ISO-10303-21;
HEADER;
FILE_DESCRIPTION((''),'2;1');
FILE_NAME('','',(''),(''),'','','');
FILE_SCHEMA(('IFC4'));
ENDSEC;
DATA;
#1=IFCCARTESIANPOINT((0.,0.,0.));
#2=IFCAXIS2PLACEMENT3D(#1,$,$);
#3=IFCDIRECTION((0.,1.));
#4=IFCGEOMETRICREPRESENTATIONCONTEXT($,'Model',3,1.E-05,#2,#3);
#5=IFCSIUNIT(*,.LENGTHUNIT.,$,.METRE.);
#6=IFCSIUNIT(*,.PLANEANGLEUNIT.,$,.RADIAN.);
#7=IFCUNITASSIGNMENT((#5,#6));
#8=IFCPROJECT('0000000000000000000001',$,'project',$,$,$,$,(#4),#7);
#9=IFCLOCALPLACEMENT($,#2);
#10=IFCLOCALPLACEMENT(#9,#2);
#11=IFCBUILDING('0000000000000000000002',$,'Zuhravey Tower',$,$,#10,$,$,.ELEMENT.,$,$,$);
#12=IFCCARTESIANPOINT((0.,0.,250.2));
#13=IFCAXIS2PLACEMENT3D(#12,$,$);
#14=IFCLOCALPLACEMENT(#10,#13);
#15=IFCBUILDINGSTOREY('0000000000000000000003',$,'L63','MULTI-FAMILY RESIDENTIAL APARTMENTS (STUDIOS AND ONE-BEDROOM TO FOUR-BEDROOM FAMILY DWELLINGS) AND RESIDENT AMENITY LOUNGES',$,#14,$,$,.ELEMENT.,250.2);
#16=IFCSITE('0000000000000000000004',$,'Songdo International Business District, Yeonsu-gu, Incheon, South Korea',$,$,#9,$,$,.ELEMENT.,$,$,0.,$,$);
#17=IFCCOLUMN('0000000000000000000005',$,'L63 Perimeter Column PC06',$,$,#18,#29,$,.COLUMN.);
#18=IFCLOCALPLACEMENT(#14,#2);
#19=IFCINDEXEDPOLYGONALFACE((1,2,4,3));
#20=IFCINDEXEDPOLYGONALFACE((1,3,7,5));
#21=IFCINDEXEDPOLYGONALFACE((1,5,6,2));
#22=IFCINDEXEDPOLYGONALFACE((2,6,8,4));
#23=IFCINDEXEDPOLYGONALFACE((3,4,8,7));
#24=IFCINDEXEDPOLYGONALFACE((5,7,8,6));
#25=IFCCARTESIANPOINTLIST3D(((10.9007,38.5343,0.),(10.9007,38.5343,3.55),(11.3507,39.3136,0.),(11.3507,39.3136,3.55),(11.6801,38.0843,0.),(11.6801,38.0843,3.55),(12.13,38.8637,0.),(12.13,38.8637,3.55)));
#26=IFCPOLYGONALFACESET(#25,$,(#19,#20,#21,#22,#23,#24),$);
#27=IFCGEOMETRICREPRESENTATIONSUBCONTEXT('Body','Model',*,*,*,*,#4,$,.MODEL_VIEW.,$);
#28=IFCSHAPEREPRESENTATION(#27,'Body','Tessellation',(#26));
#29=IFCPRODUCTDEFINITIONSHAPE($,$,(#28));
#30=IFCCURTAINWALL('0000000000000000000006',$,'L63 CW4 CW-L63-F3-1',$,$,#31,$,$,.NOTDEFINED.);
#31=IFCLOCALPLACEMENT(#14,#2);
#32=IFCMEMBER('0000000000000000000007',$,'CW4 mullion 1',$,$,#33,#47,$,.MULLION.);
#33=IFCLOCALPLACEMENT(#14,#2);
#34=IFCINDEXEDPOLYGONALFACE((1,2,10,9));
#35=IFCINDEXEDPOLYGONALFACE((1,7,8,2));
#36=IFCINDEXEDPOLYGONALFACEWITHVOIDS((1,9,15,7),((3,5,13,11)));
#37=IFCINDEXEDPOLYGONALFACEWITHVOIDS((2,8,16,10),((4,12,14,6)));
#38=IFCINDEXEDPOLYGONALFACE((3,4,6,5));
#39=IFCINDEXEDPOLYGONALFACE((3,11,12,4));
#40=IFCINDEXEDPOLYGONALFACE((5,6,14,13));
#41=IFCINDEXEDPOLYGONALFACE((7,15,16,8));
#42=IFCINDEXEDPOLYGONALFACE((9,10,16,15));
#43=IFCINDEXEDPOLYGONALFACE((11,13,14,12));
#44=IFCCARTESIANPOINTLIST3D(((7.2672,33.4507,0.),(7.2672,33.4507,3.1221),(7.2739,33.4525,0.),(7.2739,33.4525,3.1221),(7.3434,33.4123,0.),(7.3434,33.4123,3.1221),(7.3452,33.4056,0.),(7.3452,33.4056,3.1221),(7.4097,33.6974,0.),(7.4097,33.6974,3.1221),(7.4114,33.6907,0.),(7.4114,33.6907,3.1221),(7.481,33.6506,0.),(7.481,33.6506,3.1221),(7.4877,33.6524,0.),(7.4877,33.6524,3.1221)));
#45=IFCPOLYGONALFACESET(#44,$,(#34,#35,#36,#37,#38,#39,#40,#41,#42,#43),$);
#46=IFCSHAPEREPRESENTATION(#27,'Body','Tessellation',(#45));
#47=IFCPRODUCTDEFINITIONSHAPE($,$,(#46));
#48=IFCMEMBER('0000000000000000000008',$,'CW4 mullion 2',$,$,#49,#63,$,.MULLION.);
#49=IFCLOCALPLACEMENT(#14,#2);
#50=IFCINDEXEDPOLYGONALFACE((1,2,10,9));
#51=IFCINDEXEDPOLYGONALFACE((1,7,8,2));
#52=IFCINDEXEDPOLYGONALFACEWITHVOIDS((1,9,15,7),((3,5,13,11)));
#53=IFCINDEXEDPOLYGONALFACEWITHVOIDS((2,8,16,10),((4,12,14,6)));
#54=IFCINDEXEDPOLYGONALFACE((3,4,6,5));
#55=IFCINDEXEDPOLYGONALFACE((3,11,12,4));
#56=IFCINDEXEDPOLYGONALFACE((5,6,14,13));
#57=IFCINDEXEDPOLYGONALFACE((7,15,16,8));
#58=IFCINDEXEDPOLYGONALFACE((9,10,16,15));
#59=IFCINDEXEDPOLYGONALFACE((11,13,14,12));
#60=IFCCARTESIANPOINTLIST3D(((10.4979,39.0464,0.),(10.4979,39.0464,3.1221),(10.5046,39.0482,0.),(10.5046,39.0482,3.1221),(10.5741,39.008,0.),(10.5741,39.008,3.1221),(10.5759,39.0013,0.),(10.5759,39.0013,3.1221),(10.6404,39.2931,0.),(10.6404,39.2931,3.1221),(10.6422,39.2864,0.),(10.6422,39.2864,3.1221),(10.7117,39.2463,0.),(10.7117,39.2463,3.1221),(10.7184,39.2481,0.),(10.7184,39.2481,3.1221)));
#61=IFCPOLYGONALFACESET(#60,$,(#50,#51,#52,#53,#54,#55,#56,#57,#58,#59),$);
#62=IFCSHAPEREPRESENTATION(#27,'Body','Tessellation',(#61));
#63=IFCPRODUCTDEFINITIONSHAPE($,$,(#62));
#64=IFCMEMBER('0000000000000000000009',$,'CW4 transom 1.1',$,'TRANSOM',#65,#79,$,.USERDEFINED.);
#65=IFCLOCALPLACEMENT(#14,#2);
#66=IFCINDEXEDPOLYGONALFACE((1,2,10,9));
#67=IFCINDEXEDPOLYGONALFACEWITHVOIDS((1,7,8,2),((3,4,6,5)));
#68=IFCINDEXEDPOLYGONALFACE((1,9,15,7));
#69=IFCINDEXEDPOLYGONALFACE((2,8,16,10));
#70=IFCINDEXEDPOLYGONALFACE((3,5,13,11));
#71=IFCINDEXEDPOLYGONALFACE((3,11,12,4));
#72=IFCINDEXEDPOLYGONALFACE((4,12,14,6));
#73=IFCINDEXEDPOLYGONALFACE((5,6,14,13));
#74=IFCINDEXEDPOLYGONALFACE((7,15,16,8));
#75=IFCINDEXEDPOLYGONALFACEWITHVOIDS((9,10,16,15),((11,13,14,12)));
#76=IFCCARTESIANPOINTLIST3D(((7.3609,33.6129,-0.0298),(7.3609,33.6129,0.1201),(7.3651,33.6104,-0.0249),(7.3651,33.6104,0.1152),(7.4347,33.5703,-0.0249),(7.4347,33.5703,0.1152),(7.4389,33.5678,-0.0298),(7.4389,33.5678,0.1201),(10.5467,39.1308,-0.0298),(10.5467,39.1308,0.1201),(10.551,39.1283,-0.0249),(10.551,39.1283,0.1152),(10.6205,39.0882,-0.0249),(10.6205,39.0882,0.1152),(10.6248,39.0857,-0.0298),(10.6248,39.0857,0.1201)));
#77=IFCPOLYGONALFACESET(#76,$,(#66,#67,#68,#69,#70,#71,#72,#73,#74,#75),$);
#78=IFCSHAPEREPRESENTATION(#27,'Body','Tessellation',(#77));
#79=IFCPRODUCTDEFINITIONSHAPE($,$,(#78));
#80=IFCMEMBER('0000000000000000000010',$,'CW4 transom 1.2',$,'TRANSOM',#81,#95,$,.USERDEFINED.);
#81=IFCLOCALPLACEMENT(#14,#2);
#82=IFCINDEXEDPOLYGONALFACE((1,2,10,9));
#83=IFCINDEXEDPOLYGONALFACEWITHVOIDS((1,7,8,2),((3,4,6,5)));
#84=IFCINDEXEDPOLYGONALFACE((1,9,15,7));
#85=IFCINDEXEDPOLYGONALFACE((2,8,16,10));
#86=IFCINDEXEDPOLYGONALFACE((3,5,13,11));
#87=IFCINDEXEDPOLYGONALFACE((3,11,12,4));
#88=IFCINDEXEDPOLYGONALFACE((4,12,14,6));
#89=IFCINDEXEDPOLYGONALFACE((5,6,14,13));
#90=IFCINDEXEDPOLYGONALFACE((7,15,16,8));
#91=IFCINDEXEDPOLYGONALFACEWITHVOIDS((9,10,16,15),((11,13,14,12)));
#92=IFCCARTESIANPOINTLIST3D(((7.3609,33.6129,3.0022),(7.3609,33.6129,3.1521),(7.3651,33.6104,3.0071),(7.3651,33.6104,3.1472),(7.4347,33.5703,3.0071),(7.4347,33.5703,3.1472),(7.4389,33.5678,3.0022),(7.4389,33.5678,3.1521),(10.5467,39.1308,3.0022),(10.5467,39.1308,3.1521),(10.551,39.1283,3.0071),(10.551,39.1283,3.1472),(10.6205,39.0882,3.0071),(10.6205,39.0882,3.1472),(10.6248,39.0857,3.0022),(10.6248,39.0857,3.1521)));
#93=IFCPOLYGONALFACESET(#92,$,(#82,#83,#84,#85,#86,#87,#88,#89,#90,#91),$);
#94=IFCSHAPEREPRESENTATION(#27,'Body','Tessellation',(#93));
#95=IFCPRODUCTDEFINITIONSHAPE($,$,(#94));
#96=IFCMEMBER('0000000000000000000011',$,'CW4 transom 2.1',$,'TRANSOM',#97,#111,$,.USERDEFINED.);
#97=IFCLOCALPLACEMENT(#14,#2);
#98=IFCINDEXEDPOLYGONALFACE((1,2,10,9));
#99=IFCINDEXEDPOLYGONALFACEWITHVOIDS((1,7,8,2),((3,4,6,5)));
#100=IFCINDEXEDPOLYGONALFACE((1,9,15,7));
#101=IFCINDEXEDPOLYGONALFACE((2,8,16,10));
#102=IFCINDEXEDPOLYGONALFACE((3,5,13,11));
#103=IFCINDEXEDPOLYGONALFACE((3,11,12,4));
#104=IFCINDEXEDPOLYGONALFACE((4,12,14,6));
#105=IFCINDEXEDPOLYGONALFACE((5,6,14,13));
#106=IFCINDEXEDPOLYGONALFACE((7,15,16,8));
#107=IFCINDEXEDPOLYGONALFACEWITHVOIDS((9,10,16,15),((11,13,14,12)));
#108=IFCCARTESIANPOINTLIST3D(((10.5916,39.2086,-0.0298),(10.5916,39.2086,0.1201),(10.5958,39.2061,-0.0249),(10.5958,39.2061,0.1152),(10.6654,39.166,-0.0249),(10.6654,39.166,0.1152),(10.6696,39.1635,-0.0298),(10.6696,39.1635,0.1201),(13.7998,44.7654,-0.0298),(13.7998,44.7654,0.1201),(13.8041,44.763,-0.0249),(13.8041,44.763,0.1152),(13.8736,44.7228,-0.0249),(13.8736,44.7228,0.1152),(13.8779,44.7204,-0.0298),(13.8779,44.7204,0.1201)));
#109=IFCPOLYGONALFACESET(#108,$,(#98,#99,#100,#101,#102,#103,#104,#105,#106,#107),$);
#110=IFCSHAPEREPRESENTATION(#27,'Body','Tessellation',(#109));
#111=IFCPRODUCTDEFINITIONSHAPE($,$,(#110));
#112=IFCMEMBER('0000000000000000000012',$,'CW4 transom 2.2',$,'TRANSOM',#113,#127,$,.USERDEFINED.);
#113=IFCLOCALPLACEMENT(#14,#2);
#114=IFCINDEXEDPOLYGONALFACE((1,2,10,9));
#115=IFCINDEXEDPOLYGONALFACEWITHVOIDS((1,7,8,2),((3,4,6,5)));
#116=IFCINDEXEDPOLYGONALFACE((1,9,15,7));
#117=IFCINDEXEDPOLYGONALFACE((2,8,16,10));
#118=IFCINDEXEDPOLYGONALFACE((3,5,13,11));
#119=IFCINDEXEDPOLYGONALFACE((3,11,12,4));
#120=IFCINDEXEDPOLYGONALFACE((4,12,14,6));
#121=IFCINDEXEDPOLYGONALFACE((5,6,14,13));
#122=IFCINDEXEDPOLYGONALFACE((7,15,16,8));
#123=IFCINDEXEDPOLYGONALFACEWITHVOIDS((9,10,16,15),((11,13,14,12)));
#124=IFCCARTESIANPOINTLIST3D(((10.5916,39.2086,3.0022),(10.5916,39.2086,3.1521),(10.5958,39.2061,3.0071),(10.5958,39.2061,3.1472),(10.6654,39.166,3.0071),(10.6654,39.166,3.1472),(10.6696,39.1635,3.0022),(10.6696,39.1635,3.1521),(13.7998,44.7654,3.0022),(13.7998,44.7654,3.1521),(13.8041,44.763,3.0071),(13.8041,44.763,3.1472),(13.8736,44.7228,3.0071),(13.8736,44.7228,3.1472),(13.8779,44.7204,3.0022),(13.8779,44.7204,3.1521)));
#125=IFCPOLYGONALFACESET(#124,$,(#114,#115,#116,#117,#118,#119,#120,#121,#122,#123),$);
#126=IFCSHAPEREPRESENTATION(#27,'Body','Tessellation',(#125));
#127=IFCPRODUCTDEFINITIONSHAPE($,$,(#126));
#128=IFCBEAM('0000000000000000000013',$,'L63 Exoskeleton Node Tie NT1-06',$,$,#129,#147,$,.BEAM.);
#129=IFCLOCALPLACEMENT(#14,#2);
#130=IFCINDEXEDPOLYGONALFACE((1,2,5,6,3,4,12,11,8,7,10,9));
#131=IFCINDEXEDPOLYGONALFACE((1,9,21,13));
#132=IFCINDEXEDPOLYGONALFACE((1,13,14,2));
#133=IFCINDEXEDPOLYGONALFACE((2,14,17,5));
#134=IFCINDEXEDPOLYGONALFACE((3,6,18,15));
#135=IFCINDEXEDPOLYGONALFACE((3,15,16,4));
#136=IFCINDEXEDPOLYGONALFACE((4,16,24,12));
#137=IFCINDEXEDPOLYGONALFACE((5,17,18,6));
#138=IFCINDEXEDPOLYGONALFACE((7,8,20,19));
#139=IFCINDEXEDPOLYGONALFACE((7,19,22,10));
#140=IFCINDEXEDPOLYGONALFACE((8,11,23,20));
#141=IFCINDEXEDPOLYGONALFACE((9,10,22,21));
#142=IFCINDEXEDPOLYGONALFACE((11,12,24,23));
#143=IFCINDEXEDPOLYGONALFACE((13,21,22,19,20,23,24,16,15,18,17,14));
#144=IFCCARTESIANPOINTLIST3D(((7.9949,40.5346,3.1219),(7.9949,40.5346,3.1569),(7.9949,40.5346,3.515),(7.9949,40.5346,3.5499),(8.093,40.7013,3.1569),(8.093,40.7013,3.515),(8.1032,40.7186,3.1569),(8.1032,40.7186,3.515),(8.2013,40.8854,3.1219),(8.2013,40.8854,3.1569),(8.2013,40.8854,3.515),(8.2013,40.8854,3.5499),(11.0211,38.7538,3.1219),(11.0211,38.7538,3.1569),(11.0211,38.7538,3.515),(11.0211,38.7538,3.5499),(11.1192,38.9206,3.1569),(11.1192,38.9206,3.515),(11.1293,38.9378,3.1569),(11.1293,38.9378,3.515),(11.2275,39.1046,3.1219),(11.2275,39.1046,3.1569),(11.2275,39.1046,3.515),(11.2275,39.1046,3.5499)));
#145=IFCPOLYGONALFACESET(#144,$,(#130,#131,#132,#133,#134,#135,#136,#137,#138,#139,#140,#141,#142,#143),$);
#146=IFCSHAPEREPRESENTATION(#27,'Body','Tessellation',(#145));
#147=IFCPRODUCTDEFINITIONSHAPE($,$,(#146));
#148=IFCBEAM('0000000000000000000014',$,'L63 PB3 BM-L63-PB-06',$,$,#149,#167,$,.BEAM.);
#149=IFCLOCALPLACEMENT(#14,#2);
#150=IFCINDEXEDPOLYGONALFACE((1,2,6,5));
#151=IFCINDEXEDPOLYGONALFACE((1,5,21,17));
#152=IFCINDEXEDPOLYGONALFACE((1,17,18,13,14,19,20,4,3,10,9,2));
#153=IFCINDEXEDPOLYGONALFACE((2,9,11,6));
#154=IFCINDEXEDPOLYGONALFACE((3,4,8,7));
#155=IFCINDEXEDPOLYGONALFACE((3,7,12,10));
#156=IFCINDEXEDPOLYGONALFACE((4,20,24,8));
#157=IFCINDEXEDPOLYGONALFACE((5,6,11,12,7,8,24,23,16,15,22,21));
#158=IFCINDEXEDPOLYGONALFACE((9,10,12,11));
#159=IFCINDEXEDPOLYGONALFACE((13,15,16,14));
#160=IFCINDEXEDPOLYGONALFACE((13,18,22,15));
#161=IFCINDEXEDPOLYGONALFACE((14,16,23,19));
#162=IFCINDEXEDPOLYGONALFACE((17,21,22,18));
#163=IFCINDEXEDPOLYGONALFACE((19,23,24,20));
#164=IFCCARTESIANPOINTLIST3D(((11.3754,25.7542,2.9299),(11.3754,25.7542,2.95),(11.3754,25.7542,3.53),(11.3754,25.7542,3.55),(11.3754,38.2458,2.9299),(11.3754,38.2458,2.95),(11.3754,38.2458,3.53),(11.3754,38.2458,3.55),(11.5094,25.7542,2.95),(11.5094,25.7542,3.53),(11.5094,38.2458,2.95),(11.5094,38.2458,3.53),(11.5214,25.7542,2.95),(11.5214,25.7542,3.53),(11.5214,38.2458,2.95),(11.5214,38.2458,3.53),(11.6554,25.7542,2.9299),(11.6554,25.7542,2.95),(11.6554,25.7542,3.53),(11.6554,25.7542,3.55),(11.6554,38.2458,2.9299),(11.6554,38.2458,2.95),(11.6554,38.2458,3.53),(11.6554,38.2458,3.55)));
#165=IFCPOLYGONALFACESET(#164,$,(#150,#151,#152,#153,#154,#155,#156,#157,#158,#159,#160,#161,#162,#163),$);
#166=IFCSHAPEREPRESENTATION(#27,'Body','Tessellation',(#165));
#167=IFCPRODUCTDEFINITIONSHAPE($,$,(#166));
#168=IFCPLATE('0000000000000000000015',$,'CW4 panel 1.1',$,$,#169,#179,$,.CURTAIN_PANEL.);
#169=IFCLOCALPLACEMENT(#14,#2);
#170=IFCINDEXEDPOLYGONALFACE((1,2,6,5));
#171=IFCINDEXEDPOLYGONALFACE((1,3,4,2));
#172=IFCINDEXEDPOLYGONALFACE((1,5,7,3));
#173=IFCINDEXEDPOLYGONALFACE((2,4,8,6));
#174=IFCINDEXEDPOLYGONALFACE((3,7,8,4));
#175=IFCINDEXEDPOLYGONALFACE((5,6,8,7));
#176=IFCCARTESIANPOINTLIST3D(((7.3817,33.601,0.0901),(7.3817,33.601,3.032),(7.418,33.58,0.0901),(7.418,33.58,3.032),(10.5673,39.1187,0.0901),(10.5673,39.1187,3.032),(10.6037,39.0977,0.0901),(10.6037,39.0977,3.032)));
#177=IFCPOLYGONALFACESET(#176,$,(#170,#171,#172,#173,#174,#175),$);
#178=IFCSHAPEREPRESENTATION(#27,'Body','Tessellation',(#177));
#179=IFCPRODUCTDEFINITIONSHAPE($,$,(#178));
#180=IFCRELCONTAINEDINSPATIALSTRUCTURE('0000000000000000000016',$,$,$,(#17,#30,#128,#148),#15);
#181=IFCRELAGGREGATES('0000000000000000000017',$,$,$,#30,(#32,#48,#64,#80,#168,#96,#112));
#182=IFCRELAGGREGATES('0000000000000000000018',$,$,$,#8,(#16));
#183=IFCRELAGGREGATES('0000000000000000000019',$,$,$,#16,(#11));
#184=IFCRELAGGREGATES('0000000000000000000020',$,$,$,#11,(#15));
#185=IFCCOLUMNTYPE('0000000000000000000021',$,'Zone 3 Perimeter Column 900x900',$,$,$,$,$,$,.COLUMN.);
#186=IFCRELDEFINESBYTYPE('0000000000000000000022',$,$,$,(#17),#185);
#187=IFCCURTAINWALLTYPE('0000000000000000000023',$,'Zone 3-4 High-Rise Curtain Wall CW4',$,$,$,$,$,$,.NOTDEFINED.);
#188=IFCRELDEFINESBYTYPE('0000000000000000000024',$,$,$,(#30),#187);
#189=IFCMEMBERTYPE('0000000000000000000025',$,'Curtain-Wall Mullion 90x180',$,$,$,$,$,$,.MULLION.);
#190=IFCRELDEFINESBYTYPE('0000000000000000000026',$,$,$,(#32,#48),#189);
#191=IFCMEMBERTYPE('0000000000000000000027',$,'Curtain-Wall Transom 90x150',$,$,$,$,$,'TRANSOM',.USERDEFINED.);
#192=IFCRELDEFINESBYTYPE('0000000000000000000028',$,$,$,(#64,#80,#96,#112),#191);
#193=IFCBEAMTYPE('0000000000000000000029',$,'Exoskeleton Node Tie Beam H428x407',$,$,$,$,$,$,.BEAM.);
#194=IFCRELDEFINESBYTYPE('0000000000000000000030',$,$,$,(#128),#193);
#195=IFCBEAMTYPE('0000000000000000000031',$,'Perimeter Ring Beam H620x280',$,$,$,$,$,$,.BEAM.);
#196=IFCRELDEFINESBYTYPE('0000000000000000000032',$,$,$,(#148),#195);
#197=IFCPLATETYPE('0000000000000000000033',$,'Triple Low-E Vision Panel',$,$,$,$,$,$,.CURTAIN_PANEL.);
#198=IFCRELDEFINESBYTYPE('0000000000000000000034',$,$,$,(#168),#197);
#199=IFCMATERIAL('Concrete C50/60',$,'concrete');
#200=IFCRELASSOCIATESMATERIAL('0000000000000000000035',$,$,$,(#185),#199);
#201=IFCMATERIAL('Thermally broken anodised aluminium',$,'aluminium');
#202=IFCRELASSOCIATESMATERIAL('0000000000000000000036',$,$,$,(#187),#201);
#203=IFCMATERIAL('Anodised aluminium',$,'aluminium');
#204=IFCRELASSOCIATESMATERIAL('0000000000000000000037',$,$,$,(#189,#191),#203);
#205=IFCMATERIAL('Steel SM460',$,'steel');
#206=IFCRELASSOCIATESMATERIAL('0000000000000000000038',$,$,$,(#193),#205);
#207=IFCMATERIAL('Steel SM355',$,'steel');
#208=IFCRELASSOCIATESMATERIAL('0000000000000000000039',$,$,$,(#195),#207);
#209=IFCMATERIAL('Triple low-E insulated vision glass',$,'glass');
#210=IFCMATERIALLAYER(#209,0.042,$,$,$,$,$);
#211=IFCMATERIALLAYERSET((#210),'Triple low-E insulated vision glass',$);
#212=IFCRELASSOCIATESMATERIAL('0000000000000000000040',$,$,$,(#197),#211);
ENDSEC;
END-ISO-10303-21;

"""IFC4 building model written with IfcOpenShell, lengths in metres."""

from ifc_helpers import new_model, si_unit, direction, frame, origin, origin_2d, place, context, subcontext, project, spatial, rectangle, hollow_rectangle, i_section, extrude, material, layer, layer_set, material_profile, profile_set, type_object, element, aggregate, save


model = new_model("IFC4")

# Units and contexts
model_context = context("Model", 3, precision=1e-05, world=origin(), true_north=direction((0.0, 1.0)))
body_context = subcontext(model_context, "Body", "Model", "MODEL_VIEW")
ifc_project = project(units=[si_unit("LENGTHUNIT", "METRE"), si_unit("PLANEANGLEUNIT", "RADIAN")], contexts=[model_context])

# Site, building, storey
site_placement = place(None, origin())
site = spatial("IfcSite", under=ifc_project, at=site_placement, Name="Songdo International Business District, Yeonsu-gu, Incheon, South Korea", CompositionType="ELEMENT", RefElevation=0.0)
building_placement = place(site_placement, origin())
building = spatial("IfcBuilding", under=site, at=building_placement, Name="Zuhravey Tower", CompositionType="ELEMENT")
storey_placement = place(building_placement, frame((0.0, 0.0, 250.2)))
storey = spatial("IfcBuildingStorey", under=building, at=storey_placement, Name="L63", Description="MULTI-FAMILY RESIDENTIAL APARTMENTS (STUDIOS AND ONE-BEDROOM TO FOUR-BEDROOM FAMILY DWELLINGS) AND RESIDENT AMENITY LOUNGES", CompositionType="ELEMENT", Elevation=250.2)

# Column
ifc_material_1 = material(Name="Concrete C50/60", Category="concrete")
ifc_material_profile_1 = material_profile(ifc_material_1, rectangle(XDim=0.8999, YDim=0.8999, at=origin_2d()), Name="RC-900x900")
ifc_profile_set_1 = profile_set([ifc_material_profile_1], Name="Concrete C50/60")
column_type = type_object("IfcColumnType", Name="Zone 3 Perimeter Column 900x900", PredefinedType="COLUMN", material=ifc_profile_set_1)
column_placement = place(storey_placement, frame((11.5154, 38.699, 0.0), z_axis=(0.0, 0.0, 1.0), x_axis=(-0.5, -0.866025, 0.0)))
element("IfcColumn", 1, at=column_placement, inside=storey, type_object=column_type, Name="L63 Perimeter Column PC06", PredefinedType="COLUMN", context=body_context, shape_type="SweptSolid", body=[
    extrude(rectangle(XDim=0.8999, YDim=0.8999, at=origin_2d()), origin(), (0.0, 0.0, 1.0), 3.55),
])

# Curtain wall, members
ifc_material_2 = material(Name="Thermally broken anodised aluminium", Category="aluminium")
curtain_wall_type = type_object("IfcCurtainWallType", Name="Zone 3-4 High-Rise Curtain Wall CW4", PredefinedType="NOTDEFINED", material=ifc_material_2)
curtain_wall_placement = place(storey_placement, origin())
curtain_wall = element("IfcCurtainWall", 2, at=curtain_wall_placement, inside=storey, type_object=curtain_wall_type, Name="L63 CW4 CW-L63-F3-1", PredefinedType="NOTDEFINED")
ifc_material_3 = material(Name="Anodised aluminium", Category="aluminium")
ifc_material_profile_2 = material_profile(ifc_material_3, hollow_rectangle(XDim=0.0901, YDim=0.2849, WallThickness=0.0049, at=origin_2d()), Name="ALU-RHS-90x285x5")
ifc_profile_set_2 = profile_set([ifc_material_profile_2], Name="Anodised aluminium")
member_type_1 = type_object("IfcMemberType", Name="Curtain-Wall Mullion 90x180", PredefinedType="MULLION", material=ifc_profile_set_2)
member_1_placement = place(storey_placement, frame((7.3774, 33.5515, 0.0), z_axis=(0.0, 0.0, 1.0), x_axis=(-0.866025, 0.500001, 0.0)))
member_1 = element("IfcMember", 3, at=member_1_placement, type_object=member_type_1, Name="CW4 mullion 1", PredefinedType="MULLION", context=body_context, shape_type="SweptSolid", body=[
    extrude(hollow_rectangle(XDim=0.0901, YDim=0.2849, WallThickness=0.0049, at=origin_2d()), origin(), (0.0, 0.0, 1.0), 3.1221),
])
member_2_placement = place(storey_placement, frame((10.6082, 39.1472, 0.0), z_axis=(0.0, 0.0, 1.0), x_axis=(-0.866025, 0.500001, 0.0)))
member_2 = element("IfcMember", 4, at=member_2_placement, type_object=member_type_1, Name="CW4 mullion 2", PredefinedType="MULLION", context=body_context, shape_type="SweptSolid", body=[
    extrude(hollow_rectangle(XDim=0.0901, YDim=0.2849, WallThickness=0.0049, at=origin_2d()), origin(), (0.0, 0.0, 1.0), 3.1221),
])
ifc_material_profile_3 = material_profile(ifc_material_3, hollow_rectangle(XDim=0.0901, YDim=0.1499, WallThickness=0.0049, at=origin_2d()), Name="ALU-RHS-90x150x5")
ifc_profile_set_3 = profile_set([ifc_material_profile_3], Name="Anodised aluminium")
member_type_2 = type_object("IfcMemberType", Name="Curtain-Wall Transom 90x150", ElementType="TRANSOM", PredefinedType="USERDEFINED", material=ifc_profile_set_3)
member_3_placement = place(storey_placement, frame((7.3999, 33.5903, 0.0452), z_axis=(0.500009, 0.86602, 0.0), x_axis=(-0.86602, 0.500009, 0.0)))
member_3 = element("IfcMember", 5, at=member_3_placement, type_object=member_type_2, Name="CW4 transom 1.1", ObjectType="TRANSOM", PredefinedType="USERDEFINED", context=body_context, shape_type="SweptSolid", body=[
    extrude(hollow_rectangle(XDim=0.0901, YDim=0.1499, WallThickness=0.0049, at=origin_2d()), origin(), (0.0, 0.0, 1.0), 6.3716),
])
member_4_placement = place(storey_placement, frame((7.3999, 33.5903, 3.0771), z_axis=(0.500009, 0.86602, 0.0), x_axis=(-0.86602, 0.500009, 0.0)))
member_4 = element("IfcMember", 6, at=member_4_placement, type_object=member_type_2, Name="CW4 transom 1.2", ObjectType="TRANSOM", PredefinedType="USERDEFINED", context=body_context, shape_type="SweptSolid", body=[
    extrude(hollow_rectangle(XDim=0.0901, YDim=0.1499, WallThickness=0.0049, at=origin_2d()), origin(), (0.0, 0.0, 1.0), 6.3716),
])
member_5_placement = place(storey_placement, frame((10.6306, 39.186, 0.0452), z_axis=(0.499998, 0.866027, 0.0), x_axis=(-0.866027, 0.499998, 0.0)))
member_5 = element("IfcMember", 7, at=member_5_placement, type_object=member_type_2, Name="CW4 transom 2.1", ObjectType="TRANSOM", PredefinedType="USERDEFINED", context=body_context, shape_type="SweptSolid", body=[
    extrude(hollow_rectangle(XDim=0.0901, YDim=0.1499, WallThickness=0.0049, at=origin_2d()), origin(), (0.0, 0.0, 1.0), 6.4165),
])
member_6_placement = place(storey_placement, frame((10.6306, 39.186, 3.0771), z_axis=(0.499998, 0.866027, 0.0), x_axis=(-0.866027, 0.499998, 0.0)))
member_6 = element("IfcMember", 8, at=member_6_placement, type_object=member_type_2, Name="CW4 transom 2.2", ObjectType="TRANSOM", PredefinedType="USERDEFINED", context=body_context, shape_type="SweptSolid", body=[
    extrude(hollow_rectangle(XDim=0.0901, YDim=0.1499, WallThickness=0.0049, at=origin_2d()), origin(), (0.0, 0.0, 1.0), 6.4165),
])

# Beams
ifc_material_4 = material(Name="Steel SM460", Category="steel")
ifc_material_profile_4 = material_profile(ifc_material_4, i_section(OverallWidth=0.407, OverallDepth=0.428, WebThickness=0.02, FlangeThickness=0.0349, at=origin_2d()), Name="H-428x407x20x35")
ifc_profile_set_4 = profile_set([ifc_material_profile_4], Name="Steel SM460")
beam_type_1 = type_object("IfcBeamType", Name="Exoskeleton Node Tie Beam H428x407", PredefinedType="BEAM", material=ifc_profile_set_4)
beam_1_placement = place(storey_placement, frame((11.1243, 38.9292, 3.3359), z_axis=(-0.861848, 0.507166, 0.0), x_axis=(-0.507166, -0.861848, 0.0)))
element("IfcBeam", 9, at=beam_1_placement, inside=storey, type_object=beam_type_1, Name="L63 Exoskeleton Node Tie NT1-06", PredefinedType="BEAM", context=body_context, shape_type="SweptSolid", body=[
    extrude(i_section(OverallWidth=0.407, OverallDepth=0.428, WebThickness=0.02, FlangeThickness=0.0349, at=origin_2d()), origin(), (0.0, 0.0, 1.0), 3.5112),
])
ifc_material_5 = material(Name="Steel SM355", Category="steel")
ifc_material_profile_5 = material_profile(ifc_material_5, i_section(OverallWidth=0.28, OverallDepth=0.6201, WebThickness=0.012, FlangeThickness=0.02, at=origin_2d()), Name="H-620x280x12x20")
ifc_profile_set_5 = profile_set([ifc_material_profile_5], Name="Steel SM355")
beam_type_2 = type_object("IfcBeamType", Name="Perimeter Ring Beam H620x280", PredefinedType="BEAM", material=ifc_profile_set_5)
beam_2_placement = place(storey_placement, frame((11.5154, 38.2458, 3.24), z_axis=(0.0, -1.0, 0.0), x_axis=(1.0, 0.0, 0.0)))
element("IfcBeam", 10, at=beam_2_placement, inside=storey, type_object=beam_type_2, Name="L63 PB3 BM-L63-PB-06", PredefinedType="BEAM", context=body_context, shape_type="SweptSolid", body=[
    extrude(i_section(OverallWidth=0.28, OverallDepth=0.6201, WebThickness=0.012, FlangeThickness=0.02, at=origin_2d()), origin(), (0.0, 0.0, 1.0), 12.4917),
])

# Plate
ifc_material_6 = material(Name="Triple low-E insulated vision glass", Category="glass")
ifc_layer_1 = layer(ifc_material_6, 0.042)
ifc_layer_set_1 = layer_set([ifc_layer_1], Name="Triple low-E insulated vision glass")
plate_type = type_object("IfcPlateType", Name="Triple Low-E Vision Panel", PredefinedType="CURTAIN_PANEL", material=ifc_layer_set_1)
plate_placement = place(storey_placement, frame((8.9927, 36.3494, 0.0901), z_axis=(0.0, 0.0, 1.0), x_axis=(0.500001, 0.866025, 0.0)))
plate = element("IfcPlate", 11, at=plate_placement, type_object=plate_type, Name="CW4 panel 1.1", PredefinedType="CURTAIN_PANEL", context=body_context, shape_type="SweptSolid", body=[
    extrude(rectangle(XDim=6.3713, YDim=0.042, at=origin_2d()), origin(), (0.0, 0.0, 1.0), 2.9419),
])
aggregate(curtain_wall, [member_1, member_2, member_3, member_4, plate, member_5, member_6])

save(model, "model.ifc")
